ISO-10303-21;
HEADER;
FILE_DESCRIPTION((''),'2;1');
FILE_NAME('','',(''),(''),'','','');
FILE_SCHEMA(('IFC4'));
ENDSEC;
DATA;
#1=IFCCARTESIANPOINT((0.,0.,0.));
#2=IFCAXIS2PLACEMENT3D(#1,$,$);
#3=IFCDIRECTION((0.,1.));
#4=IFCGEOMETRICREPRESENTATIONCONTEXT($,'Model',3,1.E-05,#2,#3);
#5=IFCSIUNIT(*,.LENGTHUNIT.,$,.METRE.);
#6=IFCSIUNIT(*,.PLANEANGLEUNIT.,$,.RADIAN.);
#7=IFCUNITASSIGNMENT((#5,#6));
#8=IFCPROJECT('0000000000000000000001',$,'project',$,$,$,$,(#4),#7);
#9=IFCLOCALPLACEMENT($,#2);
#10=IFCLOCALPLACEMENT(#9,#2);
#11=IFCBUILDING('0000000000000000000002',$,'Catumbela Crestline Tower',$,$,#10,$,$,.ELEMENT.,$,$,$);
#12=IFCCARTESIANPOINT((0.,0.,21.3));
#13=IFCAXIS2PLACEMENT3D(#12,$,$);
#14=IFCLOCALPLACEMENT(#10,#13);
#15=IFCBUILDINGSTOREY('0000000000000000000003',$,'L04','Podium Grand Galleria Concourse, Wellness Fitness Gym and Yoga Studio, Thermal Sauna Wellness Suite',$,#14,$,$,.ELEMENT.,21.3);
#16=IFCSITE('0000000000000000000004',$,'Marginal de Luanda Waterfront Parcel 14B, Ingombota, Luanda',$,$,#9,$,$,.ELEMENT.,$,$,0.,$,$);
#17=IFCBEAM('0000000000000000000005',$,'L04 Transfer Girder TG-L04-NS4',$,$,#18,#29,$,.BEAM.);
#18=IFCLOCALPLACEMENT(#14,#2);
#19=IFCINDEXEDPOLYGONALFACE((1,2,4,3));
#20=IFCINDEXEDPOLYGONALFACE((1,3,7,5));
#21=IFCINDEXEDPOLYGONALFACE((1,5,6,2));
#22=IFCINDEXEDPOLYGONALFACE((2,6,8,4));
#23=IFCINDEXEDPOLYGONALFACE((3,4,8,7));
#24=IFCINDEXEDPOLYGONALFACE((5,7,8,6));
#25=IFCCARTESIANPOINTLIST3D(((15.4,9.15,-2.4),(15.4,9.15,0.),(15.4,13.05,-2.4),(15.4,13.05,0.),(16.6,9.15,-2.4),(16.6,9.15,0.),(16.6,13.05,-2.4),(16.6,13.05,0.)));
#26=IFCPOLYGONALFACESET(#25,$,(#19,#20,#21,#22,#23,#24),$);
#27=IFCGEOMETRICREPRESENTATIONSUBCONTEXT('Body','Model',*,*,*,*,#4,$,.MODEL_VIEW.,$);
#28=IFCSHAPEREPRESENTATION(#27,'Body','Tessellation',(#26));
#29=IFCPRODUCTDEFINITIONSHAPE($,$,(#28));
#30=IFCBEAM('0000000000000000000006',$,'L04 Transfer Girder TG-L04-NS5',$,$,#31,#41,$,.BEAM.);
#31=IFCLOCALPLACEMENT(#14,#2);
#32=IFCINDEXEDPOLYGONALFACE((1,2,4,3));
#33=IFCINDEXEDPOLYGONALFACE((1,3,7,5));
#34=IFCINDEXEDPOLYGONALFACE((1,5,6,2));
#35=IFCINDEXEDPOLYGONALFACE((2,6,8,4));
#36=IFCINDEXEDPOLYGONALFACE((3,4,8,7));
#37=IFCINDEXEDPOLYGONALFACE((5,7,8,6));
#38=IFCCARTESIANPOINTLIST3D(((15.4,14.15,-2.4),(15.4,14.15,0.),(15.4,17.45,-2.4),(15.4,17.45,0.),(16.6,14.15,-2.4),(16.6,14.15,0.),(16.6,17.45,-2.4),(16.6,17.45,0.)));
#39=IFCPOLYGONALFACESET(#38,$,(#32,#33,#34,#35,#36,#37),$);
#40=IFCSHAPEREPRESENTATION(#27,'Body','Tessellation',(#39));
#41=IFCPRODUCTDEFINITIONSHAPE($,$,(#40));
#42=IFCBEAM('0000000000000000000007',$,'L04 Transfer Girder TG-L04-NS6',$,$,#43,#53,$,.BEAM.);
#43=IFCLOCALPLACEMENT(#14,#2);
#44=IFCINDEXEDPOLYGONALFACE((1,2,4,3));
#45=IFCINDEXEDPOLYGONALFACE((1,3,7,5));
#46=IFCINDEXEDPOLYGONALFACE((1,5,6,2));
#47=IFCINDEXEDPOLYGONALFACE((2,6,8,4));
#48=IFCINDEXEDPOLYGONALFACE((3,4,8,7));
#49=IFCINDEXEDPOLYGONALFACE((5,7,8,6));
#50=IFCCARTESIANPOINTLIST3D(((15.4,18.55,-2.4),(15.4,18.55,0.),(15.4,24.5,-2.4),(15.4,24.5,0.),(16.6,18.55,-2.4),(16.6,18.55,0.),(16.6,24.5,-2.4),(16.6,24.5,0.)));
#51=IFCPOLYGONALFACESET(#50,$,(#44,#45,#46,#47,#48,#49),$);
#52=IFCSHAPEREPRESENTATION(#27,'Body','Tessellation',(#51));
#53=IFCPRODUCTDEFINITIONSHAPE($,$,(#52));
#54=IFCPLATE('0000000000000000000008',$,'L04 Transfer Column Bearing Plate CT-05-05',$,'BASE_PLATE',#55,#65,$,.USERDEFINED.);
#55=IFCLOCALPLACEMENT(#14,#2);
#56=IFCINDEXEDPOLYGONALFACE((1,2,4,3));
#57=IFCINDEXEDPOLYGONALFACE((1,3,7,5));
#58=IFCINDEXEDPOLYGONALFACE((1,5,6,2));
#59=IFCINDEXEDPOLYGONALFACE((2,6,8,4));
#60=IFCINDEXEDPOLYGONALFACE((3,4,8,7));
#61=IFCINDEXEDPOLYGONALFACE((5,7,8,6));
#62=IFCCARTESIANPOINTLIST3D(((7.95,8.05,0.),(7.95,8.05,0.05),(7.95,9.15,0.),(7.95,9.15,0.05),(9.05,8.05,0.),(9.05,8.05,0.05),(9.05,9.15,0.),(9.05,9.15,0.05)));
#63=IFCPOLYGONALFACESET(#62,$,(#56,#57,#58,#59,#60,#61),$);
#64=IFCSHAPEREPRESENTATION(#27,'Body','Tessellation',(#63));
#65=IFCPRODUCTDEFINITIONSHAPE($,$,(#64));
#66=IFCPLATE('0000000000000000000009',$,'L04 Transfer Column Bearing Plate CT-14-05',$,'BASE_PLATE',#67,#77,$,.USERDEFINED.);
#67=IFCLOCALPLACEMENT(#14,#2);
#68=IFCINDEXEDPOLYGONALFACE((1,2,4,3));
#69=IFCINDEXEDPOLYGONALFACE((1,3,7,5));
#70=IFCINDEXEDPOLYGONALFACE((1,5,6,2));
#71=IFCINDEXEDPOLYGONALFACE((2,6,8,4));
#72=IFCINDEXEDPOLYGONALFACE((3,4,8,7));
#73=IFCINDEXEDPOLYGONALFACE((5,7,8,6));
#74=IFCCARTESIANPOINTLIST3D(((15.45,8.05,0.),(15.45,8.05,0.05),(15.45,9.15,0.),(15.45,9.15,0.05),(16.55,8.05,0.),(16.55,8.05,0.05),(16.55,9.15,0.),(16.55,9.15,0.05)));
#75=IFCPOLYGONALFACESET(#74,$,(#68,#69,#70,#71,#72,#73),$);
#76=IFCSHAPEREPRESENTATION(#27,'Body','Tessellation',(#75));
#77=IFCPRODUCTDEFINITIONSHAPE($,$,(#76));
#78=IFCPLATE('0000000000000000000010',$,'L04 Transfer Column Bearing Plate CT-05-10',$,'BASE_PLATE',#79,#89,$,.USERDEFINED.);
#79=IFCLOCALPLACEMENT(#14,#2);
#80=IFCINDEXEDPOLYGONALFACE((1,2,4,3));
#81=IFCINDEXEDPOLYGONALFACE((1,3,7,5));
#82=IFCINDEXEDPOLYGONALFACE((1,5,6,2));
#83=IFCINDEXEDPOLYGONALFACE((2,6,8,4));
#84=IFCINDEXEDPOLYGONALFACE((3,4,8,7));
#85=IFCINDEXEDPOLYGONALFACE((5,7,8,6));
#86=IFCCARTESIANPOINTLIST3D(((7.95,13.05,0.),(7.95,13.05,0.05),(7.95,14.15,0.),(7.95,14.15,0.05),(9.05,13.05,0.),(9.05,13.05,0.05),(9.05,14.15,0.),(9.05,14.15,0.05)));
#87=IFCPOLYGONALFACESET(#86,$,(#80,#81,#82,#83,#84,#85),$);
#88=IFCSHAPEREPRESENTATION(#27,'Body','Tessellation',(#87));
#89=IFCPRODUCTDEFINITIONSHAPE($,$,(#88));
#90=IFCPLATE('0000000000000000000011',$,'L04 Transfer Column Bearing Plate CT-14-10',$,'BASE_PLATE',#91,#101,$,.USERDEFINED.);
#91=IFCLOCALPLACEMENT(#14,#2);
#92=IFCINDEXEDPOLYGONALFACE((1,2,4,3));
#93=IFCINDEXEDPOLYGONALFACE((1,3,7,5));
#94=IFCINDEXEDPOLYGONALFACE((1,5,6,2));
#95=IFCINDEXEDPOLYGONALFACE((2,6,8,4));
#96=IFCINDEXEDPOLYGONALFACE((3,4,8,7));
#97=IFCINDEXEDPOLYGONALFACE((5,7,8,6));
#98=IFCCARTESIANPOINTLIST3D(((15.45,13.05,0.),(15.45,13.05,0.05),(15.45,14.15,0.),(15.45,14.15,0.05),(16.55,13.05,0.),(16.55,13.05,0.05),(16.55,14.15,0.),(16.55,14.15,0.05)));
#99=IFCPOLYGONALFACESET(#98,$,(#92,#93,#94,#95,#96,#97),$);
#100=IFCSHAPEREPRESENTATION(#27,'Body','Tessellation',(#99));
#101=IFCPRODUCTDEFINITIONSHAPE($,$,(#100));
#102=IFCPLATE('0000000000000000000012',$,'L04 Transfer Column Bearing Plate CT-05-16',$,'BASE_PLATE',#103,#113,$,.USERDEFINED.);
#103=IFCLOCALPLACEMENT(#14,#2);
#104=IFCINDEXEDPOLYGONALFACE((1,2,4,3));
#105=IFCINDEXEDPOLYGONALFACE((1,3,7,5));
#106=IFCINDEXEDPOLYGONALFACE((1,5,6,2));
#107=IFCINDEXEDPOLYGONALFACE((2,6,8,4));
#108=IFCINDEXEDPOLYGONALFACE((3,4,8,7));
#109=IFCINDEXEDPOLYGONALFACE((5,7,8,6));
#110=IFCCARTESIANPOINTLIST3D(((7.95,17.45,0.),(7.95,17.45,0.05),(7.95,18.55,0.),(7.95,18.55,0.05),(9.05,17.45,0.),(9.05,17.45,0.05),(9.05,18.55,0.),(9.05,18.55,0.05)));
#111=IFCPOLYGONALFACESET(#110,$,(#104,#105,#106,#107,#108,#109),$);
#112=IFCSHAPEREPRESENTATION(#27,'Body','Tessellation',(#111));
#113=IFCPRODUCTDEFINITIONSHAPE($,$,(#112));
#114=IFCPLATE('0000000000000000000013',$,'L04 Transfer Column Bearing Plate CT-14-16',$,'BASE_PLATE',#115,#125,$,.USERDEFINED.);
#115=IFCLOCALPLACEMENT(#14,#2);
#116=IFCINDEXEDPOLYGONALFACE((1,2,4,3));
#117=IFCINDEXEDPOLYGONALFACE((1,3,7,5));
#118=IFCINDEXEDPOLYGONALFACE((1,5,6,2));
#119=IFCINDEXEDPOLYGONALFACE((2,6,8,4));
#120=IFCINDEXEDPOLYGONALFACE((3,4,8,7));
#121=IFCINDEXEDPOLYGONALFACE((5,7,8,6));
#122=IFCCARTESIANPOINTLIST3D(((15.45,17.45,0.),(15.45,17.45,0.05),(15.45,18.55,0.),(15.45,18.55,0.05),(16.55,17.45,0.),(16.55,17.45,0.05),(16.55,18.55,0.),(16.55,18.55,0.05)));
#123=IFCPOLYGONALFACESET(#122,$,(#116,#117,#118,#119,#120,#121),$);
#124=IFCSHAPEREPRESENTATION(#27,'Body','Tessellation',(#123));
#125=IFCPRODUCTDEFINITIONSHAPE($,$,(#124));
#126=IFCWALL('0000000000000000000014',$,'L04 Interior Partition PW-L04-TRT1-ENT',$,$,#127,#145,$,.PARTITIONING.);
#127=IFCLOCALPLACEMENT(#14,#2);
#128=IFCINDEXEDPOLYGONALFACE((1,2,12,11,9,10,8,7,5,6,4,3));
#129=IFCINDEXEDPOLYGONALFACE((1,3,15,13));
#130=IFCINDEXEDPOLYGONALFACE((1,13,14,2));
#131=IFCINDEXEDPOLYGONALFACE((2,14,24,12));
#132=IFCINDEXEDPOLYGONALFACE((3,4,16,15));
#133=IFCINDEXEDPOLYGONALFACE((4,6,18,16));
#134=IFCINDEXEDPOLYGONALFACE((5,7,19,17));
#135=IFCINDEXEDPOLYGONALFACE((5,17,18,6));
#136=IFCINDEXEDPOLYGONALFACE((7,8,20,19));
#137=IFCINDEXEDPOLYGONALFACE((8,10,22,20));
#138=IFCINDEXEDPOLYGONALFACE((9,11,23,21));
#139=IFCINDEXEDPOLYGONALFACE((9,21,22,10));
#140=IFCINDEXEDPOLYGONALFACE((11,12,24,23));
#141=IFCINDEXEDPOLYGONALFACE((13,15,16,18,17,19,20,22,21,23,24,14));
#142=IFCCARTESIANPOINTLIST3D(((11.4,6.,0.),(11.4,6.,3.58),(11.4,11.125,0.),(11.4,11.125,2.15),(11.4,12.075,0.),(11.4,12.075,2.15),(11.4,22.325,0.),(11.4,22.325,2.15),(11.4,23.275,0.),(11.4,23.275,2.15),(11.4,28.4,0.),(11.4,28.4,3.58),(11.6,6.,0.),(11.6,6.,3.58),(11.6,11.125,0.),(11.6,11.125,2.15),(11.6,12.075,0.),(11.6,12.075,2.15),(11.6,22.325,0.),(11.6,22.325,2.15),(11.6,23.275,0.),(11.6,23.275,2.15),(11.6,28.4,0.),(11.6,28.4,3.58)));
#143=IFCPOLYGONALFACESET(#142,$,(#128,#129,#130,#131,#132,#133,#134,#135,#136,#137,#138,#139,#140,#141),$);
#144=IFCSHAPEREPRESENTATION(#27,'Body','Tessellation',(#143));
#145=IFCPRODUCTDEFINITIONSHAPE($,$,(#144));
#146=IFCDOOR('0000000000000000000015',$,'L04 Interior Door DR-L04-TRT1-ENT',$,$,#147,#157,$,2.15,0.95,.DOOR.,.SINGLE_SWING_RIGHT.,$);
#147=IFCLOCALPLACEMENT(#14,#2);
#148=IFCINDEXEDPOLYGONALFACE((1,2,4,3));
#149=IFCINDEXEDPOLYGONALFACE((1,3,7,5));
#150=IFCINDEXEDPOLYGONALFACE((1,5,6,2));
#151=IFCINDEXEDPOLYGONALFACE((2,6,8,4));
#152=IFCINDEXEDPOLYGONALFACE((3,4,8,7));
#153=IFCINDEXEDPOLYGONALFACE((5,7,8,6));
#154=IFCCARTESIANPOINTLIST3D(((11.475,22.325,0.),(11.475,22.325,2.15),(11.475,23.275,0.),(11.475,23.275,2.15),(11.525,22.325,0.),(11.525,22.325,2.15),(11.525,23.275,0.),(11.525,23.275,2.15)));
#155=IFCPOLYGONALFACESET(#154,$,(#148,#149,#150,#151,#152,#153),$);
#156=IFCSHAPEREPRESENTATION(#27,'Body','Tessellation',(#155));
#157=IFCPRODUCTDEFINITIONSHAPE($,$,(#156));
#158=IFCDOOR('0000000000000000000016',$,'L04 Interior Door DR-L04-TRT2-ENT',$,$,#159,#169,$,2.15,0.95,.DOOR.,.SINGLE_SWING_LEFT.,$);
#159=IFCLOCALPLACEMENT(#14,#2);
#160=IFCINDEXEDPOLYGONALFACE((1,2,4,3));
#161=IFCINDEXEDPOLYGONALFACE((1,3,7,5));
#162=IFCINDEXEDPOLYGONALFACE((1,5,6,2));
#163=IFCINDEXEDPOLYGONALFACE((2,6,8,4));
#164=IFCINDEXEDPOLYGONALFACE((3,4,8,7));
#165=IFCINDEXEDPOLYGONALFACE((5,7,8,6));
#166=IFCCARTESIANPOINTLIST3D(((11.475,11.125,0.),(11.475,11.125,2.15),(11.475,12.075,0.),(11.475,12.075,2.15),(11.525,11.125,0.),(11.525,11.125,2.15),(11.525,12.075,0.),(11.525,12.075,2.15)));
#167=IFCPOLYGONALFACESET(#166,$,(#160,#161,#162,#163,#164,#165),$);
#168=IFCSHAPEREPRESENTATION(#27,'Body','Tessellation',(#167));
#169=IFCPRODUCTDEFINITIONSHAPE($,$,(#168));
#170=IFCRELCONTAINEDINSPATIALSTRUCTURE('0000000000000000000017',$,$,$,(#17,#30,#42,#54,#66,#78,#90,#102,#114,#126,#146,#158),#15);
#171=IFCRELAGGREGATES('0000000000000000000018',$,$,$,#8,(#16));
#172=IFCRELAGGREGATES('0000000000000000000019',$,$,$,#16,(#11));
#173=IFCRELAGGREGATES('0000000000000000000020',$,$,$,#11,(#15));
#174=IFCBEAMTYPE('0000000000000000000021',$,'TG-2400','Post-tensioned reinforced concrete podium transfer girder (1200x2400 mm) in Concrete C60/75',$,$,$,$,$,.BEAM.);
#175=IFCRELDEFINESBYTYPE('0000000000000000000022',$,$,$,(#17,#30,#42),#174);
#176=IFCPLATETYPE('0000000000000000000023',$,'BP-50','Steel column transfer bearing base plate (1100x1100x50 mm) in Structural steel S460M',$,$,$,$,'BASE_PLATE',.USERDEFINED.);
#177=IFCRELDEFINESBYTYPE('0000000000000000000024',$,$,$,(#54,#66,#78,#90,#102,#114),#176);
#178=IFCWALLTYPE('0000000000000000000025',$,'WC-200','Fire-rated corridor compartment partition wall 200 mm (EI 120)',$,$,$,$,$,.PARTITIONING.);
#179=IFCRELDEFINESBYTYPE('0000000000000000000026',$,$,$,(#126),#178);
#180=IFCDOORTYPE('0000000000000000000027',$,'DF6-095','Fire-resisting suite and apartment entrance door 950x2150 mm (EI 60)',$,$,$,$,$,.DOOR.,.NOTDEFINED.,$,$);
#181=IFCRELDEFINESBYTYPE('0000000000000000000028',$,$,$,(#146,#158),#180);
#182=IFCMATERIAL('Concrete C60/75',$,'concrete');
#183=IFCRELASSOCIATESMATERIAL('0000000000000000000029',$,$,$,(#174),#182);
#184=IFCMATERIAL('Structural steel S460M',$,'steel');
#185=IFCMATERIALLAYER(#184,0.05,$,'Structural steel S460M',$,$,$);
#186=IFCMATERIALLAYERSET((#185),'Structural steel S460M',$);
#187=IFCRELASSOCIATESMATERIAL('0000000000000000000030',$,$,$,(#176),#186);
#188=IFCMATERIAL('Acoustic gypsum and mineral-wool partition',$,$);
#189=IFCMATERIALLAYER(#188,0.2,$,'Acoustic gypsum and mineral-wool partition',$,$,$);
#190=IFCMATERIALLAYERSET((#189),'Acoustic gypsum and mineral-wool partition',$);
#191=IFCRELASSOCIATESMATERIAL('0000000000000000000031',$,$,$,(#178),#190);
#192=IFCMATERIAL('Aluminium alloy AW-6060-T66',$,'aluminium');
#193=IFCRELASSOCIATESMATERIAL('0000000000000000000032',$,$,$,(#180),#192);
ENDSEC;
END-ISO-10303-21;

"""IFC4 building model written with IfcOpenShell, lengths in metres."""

from ifc_helpers import new_model, si_unit, direction, frame, frame_2d, origin, origin_2d, place, context, subcontext, project, spatial, rectangle, extrude, material, layer, layer_set, material_profile, profile_set, type_object, element, fill, save


model = new_model("IFC4")

# Units and contexts
model_context = context("Model", 3, precision=1e-05, world=origin(), true_north=direction((0.0, 1.0)))
body_context = subcontext(model_context, "Body", "Model", "MODEL_VIEW")
ifc_project = project(units=[si_unit("LENGTHUNIT", "METRE"), si_unit("PLANEANGLEUNIT", "RADIAN")], contexts=[model_context])

# Site, building, storey
site_placement = place(None, origin())
site = spatial("IfcSite", under=ifc_project, at=site_placement, Name="Marginal de Luanda Waterfront Parcel 14B, Ingombota, Luanda", CompositionType="ELEMENT", RefElevation=0.0)
building_placement = place(site_placement, origin())
building = spatial("IfcBuilding", under=site, at=building_placement, Name="Catumbela Crestline Tower", CompositionType="ELEMENT")
storey_placement = place(building_placement, frame((0.0, 0.0, 21.3)))
storey = spatial("IfcBuildingStorey", under=building, at=storey_placement, Name="L04", Description="Podium Grand Galleria Concourse, Wellness Fitness Gym and Yoga Studio, Thermal Sauna Wellness Suite", CompositionType="ELEMENT", Elevation=21.3)

# Shared definitions
ifc_material_1 = material(Name="Concrete C60/75", Category="concrete")
ifc_material_2 = material(Name="Structural steel S460M", Category="steel")

# Beams
ifc_material_profile_1 = material_profile(ifc_material_1, rectangle(XDim=1.2, YDim=2.4, at=origin_2d()), Name="RC 1200x2400")
ifc_profile_set_1 = profile_set([ifc_material_profile_1], Name="Concrete C60/75")
beam_type = type_object("IfcBeamType", Name="TG-2400", Description="Post-tensioned reinforced concrete podium transfer girder (1200x2400 mm) in Concrete C60/75", PredefinedType="BEAM", material=ifc_profile_set_1)
beam_1_placement = place(storey_placement, frame((16.0, 9.15, -1.2), z_axis=(0.0, 1.0, 0.0), x_axis=(-1.0, 0.0, 0.0)))
element("IfcBeam", 1, at=beam_1_placement, inside=storey, type_object=beam_type, Name="L04 Transfer Girder TG-L04-NS4", PredefinedType="BEAM", context=body_context, shape_type="SweptSolid", body=[
    extrude(rectangle(XDim=1.2, YDim=2.4, at=origin_2d()), origin(), (0.0, 0.0, 1.0), 3.9),
])
beam_2_placement = place(storey_placement, frame((16.0, 14.15, -1.2), z_axis=(0.0, 1.0, 0.0), x_axis=(-1.0, 0.0, 0.0)))
element("IfcBeam", 2, at=beam_2_placement, inside=storey, type_object=beam_type, Name="L04 Transfer Girder TG-L04-NS5", PredefinedType="BEAM", context=body_context, shape_type="SweptSolid", body=[
    extrude(rectangle(XDim=1.2, YDim=2.4, at=origin_2d()), origin(), (0.0, 0.0, 1.0), 3.3),
])
beam_3_placement = place(storey_placement, frame((16.0, 18.55, -1.2), z_axis=(0.0, 1.0, 0.0), x_axis=(-1.0, 0.0, 0.0)))
element("IfcBeam", 3, at=beam_3_placement, inside=storey, type_object=beam_type, Name="L04 Transfer Girder TG-L04-NS6", PredefinedType="BEAM", context=body_context, shape_type="SweptSolid", body=[
    extrude(rectangle(XDim=1.2, YDim=2.4, at=origin_2d()), origin(), (0.0, 0.0, 1.0), 5.95),
])

# Plates
ifc_layer_1 = layer(ifc_material_2, 0.05, Name="Structural steel S460M")
ifc_layer_set_1 = layer_set([ifc_layer_1], Name="Structural steel S460M")
plate_type = type_object("IfcPlateType", Name="BP-50", Description="Steel column transfer bearing base plate (1100x1100x50 mm) in Structural steel S460M", ElementType="BASE_PLATE", PredefinedType="USERDEFINED", material=ifc_layer_set_1)
for number, where, z_axis, x_axis, name in (
    (4, (8.5, 8.6, 0.0), (0.0, 0.0, 1.0), (1.0, 0.0, 0.0), "L04 Transfer Column Bearing Plate CT-05-05"),
    (5, (16.0, 8.6, 0.0), (0.0, 0.0, 1.0), (1.0, 0.0, 0.0), "L04 Transfer Column Bearing Plate CT-14-05"),
    (6, (8.5, 13.6, 0.0), (0.0, 0.0, 1.0), (1.0, 0.0, 0.0), "L04 Transfer Column Bearing Plate CT-05-10"),
    (7, (16.0, 13.6, 0.0), (0.0, 0.0, 1.0), (1.0, 0.0, 0.0), "L04 Transfer Column Bearing Plate CT-14-10"),
    (8, (8.5, 18.0, 0.0), (0.0, 0.0, 1.0), (1.0, 0.0, 0.0), "L04 Transfer Column Bearing Plate CT-05-16"),
    (9, (16.0, 18.0, 0.0), (0.0, 0.0, 1.0), (1.0, 0.0, 0.0), "L04 Transfer Column Bearing Plate CT-14-16"),
):
    element("IfcPlate", number, at=place(storey_placement, frame(where, z_axis=z_axis, x_axis=x_axis)), inside=storey, type_object=plate_type, Name=name, ObjectType="BASE_PLATE", PredefinedType="USERDEFINED", context=body_context, shape_type="SweptSolid", body=[
        extrude(rectangle(XDim=1.1, YDim=1.1, at=origin_2d()), origin(), (0.0, 0.0, 1.0), 0.05),
    ])

# Wall, openings, doors
ifc_material_3 = material(Name="Acoustic gypsum and mineral-wool partition")
ifc_layer_2 = layer(ifc_material_3, 0.2, Name="Acoustic gypsum and mineral-wool partition")
ifc_layer_set_2 = layer_set([ifc_layer_2], Name="Acoustic gypsum and mineral-wool partition")
wall_type_1 = type_object("IfcWallType", Name="WC-200", Description="Fire-rated corridor compartment partition wall 200 mm (EI 120)", PredefinedType="PARTITIONING", material=ifc_layer_set_2)
wall_1_placement = place(storey_placement, frame((11.5, 6.0, 0.0), z_axis=(0.0, 0.0, 1.0), x_axis=(0.0, 1.0, 0.0)))
wall_1 = element("IfcWall", 10, at=wall_1_placement, inside=storey, type_object=wall_type_1, Name="L04 Interior Partition PW-L04-TRT1-ENT", PredefinedType="PARTITIONING", context=body_context, shape_type="SweptSolid", body=[
    extrude(rectangle(XDim=22.4, YDim=0.2, at=frame_2d((11.2, 0.0))), origin(), (0.0, 0.0, 1.0), 3.58),
])
opening_1_placement = place(wall_1_placement, frame((16.325, 0.0, 0.0)))
opening_1 = element("IfcOpeningElement", 11, at=opening_1_placement, cuts=wall_1, PredefinedType="OPENING", context=body_context, shape_type="SweptSolid", body=[
    extrude(rectangle(XDim=0.95, YDim=2.15, at=frame_2d((0.475, 1.075))), frame((0.0, 0.11, 0.0), z_axis=(0.0, -1.0, 0.0), x_axis=(1.0, 0.0, 0.0)), (0.0, 0.0, 1.0), 0.22),
])
opening_2_placement = place(wall_1_placement, frame((5.125, 0.0, 0.0)))
opening_2 = element("IfcOpeningElement", 12, at=opening_2_placement, cuts=wall_1, PredefinedType="OPENING", context=body_context, shape_type="SweptSolid", body=[
    extrude(rectangle(XDim=0.95, YDim=2.15, at=frame_2d((0.475, 1.075))), frame((0.0, 0.11, 0.0), z_axis=(0.0, -1.0, 0.0), x_axis=(1.0, 0.0, 0.0)), (0.0, 0.0, 1.0), 0.22),
])
ifc_material_4 = material(Name="Aluminium alloy AW-6060-T66", Category="aluminium")
door_type = type_object("IfcDoorType", Name="DF6-095", Description="Fire-resisting suite and apartment entrance door 950x2150 mm (EI 60)", OperationType="NOTDEFINED", PredefinedType="DOOR", material=ifc_material_4)
door_1_placement = place(opening_1_placement, origin())
door_1 = element("IfcDoor", 13, at=door_1_placement, inside=storey, type_object=door_type, Name="L04 Interior Door DR-L04-TRT1-ENT", OperationType="SINGLE_SWING_RIGHT", OverallHeight=2.15, OverallWidth=0.95, PredefinedType="DOOR", context=body_context, shape_type="SweptSolid", body=[
    extrude(rectangle(XDim=0.95, YDim=2.15, at=frame_2d((0.475, 1.075))), frame((0.0, 0.025, 0.0), z_axis=(0.0, -1.0, 0.0), x_axis=(1.0, 0.0, 0.0)), (0.0, 0.0, 1.0), 0.05),
])
fill(opening_1, door_1)
door_2_placement = place(opening_2_placement, origin())
door_2 = element("IfcDoor", 14, at=door_2_placement, inside=storey, type_object=door_type, Name="L04 Interior Door DR-L04-TRT2-ENT", OperationType="SINGLE_SWING_LEFT", OverallHeight=2.15, OverallWidth=0.95, PredefinedType="DOOR", context=body_context, shape_type="SweptSolid", body=[
    extrude(rectangle(XDim=0.95, YDim=2.15, at=frame_2d((0.475, 1.075))), frame((0.0, 0.025, 0.0), z_axis=(0.0, -1.0, 0.0), x_axis=(1.0, 0.0, 0.0)), (0.0, 0.0, 1.0), 0.05),
])
fill(opening_2, door_2)

save(model, "model.ifc")
